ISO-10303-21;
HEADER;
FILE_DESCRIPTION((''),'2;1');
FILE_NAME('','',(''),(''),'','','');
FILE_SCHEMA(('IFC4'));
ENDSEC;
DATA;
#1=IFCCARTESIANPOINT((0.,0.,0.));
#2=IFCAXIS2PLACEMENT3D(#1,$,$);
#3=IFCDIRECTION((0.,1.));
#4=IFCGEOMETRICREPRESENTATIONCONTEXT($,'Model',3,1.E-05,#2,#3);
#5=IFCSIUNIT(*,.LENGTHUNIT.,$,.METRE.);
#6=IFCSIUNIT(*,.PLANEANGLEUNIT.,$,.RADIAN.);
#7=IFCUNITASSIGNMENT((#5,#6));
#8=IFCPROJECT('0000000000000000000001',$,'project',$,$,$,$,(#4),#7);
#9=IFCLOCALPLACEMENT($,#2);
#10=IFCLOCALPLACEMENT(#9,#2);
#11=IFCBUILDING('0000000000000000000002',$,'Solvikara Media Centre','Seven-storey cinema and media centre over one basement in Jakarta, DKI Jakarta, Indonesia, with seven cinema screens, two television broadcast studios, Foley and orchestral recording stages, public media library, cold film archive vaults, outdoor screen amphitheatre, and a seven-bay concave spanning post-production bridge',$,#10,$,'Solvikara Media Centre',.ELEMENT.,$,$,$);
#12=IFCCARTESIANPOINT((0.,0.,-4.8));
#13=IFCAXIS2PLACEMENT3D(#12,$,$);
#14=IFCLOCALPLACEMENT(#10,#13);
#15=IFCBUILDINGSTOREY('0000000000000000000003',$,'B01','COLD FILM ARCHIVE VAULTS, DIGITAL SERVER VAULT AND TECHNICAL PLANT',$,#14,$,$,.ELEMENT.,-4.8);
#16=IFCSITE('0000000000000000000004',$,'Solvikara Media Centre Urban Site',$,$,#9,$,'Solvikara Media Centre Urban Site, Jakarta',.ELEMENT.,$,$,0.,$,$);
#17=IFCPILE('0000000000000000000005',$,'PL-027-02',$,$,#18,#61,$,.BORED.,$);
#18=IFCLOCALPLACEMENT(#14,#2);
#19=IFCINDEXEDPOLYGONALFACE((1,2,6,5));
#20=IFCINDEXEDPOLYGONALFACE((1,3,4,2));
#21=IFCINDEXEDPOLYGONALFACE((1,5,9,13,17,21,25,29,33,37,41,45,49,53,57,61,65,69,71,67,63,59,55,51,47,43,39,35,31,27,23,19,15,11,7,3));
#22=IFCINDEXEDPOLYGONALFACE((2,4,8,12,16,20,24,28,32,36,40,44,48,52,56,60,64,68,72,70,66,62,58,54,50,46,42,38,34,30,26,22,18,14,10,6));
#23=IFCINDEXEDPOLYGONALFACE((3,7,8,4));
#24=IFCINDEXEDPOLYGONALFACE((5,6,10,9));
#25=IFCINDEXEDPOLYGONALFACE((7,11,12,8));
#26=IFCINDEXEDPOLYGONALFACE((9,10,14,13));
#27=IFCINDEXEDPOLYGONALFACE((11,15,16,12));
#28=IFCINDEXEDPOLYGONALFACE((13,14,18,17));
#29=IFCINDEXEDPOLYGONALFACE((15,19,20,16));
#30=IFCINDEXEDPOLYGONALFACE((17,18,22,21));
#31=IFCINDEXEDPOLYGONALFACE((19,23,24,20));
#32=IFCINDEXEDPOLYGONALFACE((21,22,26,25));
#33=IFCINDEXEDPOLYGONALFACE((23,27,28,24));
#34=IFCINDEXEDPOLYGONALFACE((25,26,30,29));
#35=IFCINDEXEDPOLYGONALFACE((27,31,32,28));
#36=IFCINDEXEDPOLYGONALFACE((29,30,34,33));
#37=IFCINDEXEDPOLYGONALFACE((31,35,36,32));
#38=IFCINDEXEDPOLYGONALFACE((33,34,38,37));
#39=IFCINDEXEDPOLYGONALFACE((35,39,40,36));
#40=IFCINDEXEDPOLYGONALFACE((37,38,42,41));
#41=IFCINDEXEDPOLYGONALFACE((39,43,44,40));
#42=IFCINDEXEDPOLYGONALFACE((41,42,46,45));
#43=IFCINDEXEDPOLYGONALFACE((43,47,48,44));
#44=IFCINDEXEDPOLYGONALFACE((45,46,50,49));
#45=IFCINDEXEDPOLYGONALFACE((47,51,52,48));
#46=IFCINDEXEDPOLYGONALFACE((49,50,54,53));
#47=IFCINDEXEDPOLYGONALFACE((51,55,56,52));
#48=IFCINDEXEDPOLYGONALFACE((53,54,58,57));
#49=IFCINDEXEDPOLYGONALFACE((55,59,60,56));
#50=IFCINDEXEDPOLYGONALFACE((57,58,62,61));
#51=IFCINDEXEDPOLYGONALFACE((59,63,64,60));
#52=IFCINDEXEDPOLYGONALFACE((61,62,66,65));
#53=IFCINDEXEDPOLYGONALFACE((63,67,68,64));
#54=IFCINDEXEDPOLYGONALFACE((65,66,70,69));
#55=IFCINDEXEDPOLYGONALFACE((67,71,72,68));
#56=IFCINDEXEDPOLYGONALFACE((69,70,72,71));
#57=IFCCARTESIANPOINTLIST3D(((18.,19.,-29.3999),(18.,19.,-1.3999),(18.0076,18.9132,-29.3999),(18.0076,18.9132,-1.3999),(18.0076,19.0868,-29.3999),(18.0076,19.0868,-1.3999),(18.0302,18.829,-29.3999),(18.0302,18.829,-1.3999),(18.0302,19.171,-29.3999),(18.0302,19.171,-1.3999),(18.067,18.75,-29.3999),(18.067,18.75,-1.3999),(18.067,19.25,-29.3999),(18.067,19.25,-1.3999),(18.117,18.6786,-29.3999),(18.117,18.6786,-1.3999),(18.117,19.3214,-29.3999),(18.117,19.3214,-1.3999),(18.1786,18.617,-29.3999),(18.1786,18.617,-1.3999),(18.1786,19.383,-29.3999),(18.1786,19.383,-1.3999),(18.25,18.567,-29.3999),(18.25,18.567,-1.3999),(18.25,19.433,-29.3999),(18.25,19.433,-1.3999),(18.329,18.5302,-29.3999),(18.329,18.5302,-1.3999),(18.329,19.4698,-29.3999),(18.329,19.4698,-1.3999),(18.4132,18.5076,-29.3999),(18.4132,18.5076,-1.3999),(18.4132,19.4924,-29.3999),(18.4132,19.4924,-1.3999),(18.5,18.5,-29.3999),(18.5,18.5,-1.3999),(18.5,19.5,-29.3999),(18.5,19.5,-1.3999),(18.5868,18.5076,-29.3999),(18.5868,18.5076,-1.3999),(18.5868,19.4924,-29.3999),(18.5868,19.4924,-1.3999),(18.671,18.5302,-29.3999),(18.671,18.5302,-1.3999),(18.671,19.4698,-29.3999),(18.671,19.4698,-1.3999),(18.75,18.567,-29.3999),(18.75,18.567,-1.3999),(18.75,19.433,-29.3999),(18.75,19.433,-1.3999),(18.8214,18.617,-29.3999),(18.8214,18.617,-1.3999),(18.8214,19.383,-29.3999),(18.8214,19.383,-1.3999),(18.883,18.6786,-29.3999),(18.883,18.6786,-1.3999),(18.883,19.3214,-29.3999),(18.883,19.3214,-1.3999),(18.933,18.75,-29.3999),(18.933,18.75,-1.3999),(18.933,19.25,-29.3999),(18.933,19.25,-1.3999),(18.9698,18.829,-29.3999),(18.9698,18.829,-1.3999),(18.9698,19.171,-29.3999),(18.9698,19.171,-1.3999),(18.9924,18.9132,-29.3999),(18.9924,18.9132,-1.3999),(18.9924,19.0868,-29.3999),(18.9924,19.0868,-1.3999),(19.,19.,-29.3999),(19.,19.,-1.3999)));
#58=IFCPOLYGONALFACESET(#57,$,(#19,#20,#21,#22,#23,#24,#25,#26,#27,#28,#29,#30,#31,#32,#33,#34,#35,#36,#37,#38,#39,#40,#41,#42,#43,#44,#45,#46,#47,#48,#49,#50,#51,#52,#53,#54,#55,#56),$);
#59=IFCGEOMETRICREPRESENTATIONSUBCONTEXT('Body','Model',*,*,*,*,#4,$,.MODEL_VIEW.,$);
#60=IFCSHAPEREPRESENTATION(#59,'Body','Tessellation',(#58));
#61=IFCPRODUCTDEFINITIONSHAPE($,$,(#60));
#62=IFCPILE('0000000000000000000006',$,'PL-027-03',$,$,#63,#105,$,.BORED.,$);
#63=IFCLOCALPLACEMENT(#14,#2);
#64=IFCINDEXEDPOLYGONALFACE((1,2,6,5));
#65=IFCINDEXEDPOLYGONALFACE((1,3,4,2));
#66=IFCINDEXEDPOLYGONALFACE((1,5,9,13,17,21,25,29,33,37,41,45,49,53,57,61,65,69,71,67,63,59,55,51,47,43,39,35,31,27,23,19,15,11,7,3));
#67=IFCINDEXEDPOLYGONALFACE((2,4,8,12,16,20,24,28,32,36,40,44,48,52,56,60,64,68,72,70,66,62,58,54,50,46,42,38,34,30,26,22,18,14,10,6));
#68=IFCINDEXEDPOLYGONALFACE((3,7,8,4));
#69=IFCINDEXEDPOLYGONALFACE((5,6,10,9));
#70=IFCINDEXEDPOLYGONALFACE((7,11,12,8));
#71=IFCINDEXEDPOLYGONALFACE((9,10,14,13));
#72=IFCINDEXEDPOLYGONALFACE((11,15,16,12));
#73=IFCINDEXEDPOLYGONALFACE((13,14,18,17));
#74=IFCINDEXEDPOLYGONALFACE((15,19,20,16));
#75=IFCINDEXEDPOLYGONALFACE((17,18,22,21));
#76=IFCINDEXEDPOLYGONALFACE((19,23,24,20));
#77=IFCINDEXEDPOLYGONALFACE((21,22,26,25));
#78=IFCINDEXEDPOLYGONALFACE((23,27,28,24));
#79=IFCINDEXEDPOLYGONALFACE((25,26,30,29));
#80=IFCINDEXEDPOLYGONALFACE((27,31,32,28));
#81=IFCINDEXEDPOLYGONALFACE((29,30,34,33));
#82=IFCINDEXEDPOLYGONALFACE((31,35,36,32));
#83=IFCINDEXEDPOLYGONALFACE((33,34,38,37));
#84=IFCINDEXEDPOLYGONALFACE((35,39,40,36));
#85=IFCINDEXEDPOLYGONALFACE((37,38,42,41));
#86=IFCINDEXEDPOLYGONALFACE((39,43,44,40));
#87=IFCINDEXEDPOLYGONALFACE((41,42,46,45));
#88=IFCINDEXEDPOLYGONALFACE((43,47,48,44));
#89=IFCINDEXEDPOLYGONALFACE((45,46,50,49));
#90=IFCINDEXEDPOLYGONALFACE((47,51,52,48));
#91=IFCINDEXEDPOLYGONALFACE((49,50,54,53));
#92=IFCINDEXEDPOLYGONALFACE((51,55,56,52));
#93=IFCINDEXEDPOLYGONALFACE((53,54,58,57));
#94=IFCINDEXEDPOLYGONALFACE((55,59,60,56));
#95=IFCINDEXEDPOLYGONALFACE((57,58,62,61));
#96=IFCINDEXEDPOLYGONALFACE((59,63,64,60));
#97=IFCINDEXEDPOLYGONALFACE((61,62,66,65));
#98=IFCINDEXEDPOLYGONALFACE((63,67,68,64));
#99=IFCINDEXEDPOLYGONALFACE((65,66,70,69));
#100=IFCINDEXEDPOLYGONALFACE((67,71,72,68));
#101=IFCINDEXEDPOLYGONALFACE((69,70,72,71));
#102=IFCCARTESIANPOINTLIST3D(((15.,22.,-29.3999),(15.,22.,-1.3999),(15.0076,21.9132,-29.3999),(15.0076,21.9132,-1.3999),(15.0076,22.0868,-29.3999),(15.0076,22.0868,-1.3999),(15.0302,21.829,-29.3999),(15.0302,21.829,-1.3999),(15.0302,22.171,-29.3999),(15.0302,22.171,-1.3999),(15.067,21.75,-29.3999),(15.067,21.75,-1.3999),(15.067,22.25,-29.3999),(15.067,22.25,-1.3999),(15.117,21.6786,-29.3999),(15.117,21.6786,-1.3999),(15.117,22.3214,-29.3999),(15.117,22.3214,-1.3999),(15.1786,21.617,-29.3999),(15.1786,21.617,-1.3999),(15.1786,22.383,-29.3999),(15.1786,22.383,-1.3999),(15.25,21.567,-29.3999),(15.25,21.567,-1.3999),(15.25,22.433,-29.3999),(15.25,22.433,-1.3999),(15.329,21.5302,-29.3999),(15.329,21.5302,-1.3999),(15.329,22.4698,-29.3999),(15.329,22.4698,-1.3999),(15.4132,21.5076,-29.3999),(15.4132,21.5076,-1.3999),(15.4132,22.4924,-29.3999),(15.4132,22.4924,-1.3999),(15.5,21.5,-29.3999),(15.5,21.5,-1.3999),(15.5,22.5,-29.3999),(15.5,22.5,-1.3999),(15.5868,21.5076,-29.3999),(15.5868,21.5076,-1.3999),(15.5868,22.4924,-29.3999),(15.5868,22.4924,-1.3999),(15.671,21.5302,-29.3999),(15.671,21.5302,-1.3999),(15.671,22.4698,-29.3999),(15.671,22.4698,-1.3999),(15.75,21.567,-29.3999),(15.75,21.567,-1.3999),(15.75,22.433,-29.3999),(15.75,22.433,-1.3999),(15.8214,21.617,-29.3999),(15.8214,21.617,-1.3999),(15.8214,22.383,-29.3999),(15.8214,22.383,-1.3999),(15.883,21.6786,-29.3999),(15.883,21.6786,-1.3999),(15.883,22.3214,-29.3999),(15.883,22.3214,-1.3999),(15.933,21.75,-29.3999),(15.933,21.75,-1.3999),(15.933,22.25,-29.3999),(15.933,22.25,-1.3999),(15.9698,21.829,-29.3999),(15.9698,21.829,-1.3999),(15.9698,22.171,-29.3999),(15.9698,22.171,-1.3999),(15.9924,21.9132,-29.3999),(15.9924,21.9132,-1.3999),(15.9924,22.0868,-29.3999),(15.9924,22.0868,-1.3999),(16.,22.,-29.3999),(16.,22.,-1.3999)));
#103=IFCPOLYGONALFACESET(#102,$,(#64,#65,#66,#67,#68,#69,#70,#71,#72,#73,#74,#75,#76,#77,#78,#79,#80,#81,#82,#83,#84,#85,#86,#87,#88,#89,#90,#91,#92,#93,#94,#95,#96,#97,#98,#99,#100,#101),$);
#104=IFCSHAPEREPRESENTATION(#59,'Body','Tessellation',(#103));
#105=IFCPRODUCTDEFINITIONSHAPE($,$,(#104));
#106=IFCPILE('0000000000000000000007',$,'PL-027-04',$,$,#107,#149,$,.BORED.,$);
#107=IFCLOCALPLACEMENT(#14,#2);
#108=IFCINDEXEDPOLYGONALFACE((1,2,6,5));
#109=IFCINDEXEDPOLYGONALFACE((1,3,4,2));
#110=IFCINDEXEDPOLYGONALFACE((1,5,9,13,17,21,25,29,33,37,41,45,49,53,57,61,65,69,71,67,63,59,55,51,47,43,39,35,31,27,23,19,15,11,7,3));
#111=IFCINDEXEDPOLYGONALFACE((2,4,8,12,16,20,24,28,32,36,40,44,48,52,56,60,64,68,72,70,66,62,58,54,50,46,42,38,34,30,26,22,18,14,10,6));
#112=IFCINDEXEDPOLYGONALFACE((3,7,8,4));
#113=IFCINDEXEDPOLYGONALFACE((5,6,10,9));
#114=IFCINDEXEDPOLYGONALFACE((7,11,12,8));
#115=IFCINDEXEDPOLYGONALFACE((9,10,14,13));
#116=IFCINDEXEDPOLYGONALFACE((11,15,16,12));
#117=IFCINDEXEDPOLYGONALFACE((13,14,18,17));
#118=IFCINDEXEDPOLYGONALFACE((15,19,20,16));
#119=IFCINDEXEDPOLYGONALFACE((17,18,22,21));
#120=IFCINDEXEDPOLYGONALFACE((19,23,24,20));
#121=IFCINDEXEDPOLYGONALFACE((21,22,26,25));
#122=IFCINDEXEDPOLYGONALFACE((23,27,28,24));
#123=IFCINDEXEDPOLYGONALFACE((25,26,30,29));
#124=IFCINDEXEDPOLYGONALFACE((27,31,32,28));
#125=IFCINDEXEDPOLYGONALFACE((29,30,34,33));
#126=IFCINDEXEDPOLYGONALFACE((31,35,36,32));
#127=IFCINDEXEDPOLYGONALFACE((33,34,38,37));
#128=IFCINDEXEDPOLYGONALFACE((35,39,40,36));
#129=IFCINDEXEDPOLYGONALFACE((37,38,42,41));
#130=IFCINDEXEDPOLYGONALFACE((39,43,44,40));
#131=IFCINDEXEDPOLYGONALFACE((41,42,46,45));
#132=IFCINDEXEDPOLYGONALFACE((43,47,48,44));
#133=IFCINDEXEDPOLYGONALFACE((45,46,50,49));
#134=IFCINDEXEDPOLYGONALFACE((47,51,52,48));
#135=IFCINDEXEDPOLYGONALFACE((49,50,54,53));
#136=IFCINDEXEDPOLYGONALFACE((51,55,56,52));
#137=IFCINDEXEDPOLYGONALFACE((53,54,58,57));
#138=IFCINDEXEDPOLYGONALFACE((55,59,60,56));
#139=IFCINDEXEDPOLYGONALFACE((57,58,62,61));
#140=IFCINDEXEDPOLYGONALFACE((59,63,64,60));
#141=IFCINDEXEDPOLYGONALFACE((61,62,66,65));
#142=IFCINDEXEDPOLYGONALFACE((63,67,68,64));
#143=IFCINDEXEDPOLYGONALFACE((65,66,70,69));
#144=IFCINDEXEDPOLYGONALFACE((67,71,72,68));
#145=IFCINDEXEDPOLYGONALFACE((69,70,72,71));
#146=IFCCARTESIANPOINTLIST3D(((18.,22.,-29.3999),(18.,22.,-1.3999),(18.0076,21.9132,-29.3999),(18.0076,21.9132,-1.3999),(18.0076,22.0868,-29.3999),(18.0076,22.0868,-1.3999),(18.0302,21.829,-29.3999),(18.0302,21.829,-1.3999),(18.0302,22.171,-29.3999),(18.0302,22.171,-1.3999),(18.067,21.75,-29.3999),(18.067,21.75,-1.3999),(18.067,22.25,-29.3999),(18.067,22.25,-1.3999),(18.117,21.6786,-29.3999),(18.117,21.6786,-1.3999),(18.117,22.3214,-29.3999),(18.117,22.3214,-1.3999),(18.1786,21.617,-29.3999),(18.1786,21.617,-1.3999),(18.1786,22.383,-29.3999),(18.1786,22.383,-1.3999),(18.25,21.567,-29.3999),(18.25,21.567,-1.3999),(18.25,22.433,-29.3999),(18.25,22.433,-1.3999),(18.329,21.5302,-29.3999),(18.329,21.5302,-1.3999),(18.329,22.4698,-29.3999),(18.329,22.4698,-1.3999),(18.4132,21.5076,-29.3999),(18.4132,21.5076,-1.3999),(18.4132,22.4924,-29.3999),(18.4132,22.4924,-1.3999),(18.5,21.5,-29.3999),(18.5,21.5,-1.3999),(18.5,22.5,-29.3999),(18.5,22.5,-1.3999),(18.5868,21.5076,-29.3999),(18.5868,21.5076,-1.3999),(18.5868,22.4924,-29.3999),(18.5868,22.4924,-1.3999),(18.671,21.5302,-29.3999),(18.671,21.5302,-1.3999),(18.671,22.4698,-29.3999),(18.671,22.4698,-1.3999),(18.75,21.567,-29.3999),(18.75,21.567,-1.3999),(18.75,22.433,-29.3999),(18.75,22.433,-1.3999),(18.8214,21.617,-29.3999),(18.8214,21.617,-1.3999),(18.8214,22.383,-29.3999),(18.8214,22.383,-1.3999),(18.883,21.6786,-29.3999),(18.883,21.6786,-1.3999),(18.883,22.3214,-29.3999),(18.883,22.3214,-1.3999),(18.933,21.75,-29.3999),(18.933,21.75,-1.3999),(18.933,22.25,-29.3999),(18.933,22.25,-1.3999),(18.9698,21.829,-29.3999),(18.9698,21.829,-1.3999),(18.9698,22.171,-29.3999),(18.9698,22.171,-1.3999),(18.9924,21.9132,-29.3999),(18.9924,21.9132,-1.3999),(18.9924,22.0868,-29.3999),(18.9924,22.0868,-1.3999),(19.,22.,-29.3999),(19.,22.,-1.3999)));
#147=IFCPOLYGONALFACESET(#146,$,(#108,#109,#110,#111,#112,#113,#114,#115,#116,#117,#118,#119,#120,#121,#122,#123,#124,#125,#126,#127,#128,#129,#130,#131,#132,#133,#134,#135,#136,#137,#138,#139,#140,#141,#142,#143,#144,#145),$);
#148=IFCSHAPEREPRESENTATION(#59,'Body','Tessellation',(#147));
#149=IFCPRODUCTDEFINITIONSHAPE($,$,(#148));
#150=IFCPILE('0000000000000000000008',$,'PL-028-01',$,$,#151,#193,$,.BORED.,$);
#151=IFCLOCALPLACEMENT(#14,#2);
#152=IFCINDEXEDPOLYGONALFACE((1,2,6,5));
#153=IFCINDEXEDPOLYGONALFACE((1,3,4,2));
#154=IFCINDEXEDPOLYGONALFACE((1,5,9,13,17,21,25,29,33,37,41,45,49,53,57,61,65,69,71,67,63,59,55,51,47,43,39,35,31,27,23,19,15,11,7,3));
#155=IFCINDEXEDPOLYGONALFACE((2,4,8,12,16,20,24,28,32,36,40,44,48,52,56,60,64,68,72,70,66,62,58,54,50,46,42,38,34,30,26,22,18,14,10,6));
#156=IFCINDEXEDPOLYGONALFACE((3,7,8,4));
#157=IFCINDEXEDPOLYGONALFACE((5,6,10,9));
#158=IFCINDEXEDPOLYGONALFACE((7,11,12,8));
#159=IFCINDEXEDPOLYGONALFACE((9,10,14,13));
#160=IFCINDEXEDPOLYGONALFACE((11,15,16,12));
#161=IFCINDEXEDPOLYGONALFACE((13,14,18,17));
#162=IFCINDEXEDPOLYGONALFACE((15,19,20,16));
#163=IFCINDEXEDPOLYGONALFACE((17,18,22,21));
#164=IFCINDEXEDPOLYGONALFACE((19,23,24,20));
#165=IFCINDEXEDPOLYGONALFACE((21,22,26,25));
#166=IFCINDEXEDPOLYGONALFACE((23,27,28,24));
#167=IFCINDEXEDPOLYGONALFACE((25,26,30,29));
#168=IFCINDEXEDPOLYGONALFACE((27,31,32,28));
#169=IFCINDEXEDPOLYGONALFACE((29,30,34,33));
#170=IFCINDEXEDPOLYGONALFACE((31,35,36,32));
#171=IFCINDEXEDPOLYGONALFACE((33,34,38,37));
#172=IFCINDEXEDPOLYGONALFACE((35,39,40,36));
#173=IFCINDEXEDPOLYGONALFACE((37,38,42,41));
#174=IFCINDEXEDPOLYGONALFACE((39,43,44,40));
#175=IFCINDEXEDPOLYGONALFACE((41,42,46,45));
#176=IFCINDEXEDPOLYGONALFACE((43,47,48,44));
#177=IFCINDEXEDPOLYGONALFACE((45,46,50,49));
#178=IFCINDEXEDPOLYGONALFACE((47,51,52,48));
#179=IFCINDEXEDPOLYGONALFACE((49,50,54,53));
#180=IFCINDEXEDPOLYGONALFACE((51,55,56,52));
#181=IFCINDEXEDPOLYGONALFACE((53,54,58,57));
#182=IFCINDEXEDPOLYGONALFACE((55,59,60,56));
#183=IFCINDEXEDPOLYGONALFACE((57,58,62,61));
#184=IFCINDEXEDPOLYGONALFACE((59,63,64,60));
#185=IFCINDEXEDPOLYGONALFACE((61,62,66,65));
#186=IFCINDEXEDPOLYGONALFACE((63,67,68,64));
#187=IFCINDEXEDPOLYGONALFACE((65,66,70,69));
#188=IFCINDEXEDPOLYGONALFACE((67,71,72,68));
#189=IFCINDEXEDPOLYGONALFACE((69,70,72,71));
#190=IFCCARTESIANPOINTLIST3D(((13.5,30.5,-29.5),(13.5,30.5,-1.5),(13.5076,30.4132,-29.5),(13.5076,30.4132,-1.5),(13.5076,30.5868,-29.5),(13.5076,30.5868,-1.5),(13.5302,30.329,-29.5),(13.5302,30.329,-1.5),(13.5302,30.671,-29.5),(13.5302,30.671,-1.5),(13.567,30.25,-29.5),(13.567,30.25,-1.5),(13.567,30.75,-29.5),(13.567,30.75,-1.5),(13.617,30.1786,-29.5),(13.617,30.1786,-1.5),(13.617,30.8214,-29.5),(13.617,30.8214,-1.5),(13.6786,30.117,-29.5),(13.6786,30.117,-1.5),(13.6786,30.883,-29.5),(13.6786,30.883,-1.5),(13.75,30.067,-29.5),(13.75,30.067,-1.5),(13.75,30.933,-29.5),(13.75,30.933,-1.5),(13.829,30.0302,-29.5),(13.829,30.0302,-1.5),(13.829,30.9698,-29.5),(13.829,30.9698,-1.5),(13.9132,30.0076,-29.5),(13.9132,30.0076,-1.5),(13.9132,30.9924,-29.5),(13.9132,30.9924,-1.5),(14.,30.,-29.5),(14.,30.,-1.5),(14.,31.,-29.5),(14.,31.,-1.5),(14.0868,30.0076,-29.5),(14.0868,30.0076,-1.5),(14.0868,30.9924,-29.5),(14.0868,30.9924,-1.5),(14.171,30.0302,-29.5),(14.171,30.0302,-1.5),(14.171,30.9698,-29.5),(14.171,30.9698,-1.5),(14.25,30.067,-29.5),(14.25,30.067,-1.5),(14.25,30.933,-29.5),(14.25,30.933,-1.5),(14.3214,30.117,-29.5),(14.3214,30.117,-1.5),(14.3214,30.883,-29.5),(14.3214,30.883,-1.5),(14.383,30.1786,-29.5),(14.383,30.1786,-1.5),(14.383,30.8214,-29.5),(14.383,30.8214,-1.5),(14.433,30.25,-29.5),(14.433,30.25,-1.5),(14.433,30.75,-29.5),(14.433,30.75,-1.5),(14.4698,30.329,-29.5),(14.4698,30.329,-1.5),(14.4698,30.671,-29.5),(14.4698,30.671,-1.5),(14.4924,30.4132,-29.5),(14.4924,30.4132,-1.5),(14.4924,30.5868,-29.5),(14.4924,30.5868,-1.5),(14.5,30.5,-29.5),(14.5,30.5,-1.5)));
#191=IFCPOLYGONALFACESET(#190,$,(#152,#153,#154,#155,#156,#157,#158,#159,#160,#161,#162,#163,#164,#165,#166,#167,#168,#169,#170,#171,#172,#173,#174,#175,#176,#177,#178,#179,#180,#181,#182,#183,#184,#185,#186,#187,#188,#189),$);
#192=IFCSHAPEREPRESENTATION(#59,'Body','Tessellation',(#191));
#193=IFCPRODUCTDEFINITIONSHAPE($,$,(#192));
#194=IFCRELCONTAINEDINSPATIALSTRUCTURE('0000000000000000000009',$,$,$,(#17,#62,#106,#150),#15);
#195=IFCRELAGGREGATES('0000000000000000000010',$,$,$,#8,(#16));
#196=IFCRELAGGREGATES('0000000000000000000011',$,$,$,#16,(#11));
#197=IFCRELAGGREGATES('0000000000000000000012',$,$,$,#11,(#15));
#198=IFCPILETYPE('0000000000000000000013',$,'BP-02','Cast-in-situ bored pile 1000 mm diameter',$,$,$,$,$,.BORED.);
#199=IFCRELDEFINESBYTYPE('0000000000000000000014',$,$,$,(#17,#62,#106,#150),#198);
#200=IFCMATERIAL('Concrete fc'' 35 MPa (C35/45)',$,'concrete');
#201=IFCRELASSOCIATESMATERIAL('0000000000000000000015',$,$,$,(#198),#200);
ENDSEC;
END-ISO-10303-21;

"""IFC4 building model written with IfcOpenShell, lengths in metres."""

from ifc_helpers import new_model, si_unit, direction, frame, origin, origin_2d, place, context, subcontext, project, spatial, circle, extrude, material, material_profile, profile_set, type_object, element, save


model = new_model("IFC4")

# Units and contexts
model_context = context("Model", 3, precision=1e-05, world=origin(), true_north=direction((0.0, 1.0)))
body_context = subcontext(model_context, "Body", "Model", "MODEL_VIEW")
ifc_project = project(units=[si_unit("LENGTHUNIT", "METRE"), si_unit("PLANEANGLEUNIT", "RADIAN")], contexts=[model_context])

# Site, building, storey
site_placement = place(None, origin())
site = spatial("IfcSite", under=ifc_project, at=site_placement, Name="Solvikara Media Centre Urban Site", LongName="Solvikara Media Centre Urban Site, Jakarta", CompositionType="ELEMENT", RefElevation=0.0)
building_placement = place(site_placement, origin())
building = spatial("IfcBuilding", under=site, at=building_placement, Name="Solvikara Media Centre", Description="Seven-storey cinema and media centre over one basement in Jakarta, DKI Jakarta, Indonesia, with seven cinema screens, two television broadcast studios, Foley and orchestral recording stages, public media library, cold film archive vaults, outdoor screen amphitheatre, and a seven-bay concave spanning post-production bridge", LongName="Solvikara Media Centre", CompositionType="ELEMENT")
storey_placement = place(building_placement, frame((0.0, 0.0, -4.8)))
storey = spatial("IfcBuildingStorey", under=building, at=storey_placement, Name="B01", Description="COLD FILM ARCHIVE VAULTS, DIGITAL SERVER VAULT AND TECHNICAL PLANT", CompositionType="ELEMENT", Elevation=-4.8)

# Piles
ifc_material_1 = material(Name="Concrete fc' 35 MPa (C35/45)", Category="concrete")
ifc_material_profile_1 = material_profile(ifc_material_1, circle(Radius=0.5, at=origin_2d()), Name="BORED PILE D1000")
ifc_profile_set_1 = profile_set([ifc_material_profile_1], Name="Concrete fc' 35 MPa (C35/45)")
pile_type_1 = type_object("IfcPileType", Name="BP-02", Description="Cast-in-situ bored pile 1000 mm diameter", PredefinedType="BORED", material=ifc_profile_set_1)
for number, where, z_axis, x_axis, name in (
    (1, (18.5, 19.0, -1.3999), (0.0, 0.0, -1.0), (1.0, 0.0, 0.0), "PL-027-02"),
    (2, (15.5, 22.0, -1.3999), (0.0, 0.0, -1.0), (1.0, 0.0, 0.0), "PL-027-03"),
    (3, (18.5, 22.0, -1.3999), (0.0, 0.0, -1.0), (1.0, 0.0, 0.0), "PL-027-04"),
    (4, (14.0, 30.5, -1.5), (0.0, 0.0, -1.0), (1.0, 0.0, 0.0), "PL-028-01"),
):
    element("IfcPile", number, at=place(storey_placement, frame(where, z_axis=z_axis, x_axis=x_axis)), inside=storey, type_object=pile_type_1, Name=name, PredefinedType="BORED", context=body_context, shape_type="SweptSolid", body=[
        extrude(circle(Radius=0.5, at=origin_2d()), origin(), (0.0, 0.0, 1.0), 28.0),
    ])

save(model, "model.ifc")
